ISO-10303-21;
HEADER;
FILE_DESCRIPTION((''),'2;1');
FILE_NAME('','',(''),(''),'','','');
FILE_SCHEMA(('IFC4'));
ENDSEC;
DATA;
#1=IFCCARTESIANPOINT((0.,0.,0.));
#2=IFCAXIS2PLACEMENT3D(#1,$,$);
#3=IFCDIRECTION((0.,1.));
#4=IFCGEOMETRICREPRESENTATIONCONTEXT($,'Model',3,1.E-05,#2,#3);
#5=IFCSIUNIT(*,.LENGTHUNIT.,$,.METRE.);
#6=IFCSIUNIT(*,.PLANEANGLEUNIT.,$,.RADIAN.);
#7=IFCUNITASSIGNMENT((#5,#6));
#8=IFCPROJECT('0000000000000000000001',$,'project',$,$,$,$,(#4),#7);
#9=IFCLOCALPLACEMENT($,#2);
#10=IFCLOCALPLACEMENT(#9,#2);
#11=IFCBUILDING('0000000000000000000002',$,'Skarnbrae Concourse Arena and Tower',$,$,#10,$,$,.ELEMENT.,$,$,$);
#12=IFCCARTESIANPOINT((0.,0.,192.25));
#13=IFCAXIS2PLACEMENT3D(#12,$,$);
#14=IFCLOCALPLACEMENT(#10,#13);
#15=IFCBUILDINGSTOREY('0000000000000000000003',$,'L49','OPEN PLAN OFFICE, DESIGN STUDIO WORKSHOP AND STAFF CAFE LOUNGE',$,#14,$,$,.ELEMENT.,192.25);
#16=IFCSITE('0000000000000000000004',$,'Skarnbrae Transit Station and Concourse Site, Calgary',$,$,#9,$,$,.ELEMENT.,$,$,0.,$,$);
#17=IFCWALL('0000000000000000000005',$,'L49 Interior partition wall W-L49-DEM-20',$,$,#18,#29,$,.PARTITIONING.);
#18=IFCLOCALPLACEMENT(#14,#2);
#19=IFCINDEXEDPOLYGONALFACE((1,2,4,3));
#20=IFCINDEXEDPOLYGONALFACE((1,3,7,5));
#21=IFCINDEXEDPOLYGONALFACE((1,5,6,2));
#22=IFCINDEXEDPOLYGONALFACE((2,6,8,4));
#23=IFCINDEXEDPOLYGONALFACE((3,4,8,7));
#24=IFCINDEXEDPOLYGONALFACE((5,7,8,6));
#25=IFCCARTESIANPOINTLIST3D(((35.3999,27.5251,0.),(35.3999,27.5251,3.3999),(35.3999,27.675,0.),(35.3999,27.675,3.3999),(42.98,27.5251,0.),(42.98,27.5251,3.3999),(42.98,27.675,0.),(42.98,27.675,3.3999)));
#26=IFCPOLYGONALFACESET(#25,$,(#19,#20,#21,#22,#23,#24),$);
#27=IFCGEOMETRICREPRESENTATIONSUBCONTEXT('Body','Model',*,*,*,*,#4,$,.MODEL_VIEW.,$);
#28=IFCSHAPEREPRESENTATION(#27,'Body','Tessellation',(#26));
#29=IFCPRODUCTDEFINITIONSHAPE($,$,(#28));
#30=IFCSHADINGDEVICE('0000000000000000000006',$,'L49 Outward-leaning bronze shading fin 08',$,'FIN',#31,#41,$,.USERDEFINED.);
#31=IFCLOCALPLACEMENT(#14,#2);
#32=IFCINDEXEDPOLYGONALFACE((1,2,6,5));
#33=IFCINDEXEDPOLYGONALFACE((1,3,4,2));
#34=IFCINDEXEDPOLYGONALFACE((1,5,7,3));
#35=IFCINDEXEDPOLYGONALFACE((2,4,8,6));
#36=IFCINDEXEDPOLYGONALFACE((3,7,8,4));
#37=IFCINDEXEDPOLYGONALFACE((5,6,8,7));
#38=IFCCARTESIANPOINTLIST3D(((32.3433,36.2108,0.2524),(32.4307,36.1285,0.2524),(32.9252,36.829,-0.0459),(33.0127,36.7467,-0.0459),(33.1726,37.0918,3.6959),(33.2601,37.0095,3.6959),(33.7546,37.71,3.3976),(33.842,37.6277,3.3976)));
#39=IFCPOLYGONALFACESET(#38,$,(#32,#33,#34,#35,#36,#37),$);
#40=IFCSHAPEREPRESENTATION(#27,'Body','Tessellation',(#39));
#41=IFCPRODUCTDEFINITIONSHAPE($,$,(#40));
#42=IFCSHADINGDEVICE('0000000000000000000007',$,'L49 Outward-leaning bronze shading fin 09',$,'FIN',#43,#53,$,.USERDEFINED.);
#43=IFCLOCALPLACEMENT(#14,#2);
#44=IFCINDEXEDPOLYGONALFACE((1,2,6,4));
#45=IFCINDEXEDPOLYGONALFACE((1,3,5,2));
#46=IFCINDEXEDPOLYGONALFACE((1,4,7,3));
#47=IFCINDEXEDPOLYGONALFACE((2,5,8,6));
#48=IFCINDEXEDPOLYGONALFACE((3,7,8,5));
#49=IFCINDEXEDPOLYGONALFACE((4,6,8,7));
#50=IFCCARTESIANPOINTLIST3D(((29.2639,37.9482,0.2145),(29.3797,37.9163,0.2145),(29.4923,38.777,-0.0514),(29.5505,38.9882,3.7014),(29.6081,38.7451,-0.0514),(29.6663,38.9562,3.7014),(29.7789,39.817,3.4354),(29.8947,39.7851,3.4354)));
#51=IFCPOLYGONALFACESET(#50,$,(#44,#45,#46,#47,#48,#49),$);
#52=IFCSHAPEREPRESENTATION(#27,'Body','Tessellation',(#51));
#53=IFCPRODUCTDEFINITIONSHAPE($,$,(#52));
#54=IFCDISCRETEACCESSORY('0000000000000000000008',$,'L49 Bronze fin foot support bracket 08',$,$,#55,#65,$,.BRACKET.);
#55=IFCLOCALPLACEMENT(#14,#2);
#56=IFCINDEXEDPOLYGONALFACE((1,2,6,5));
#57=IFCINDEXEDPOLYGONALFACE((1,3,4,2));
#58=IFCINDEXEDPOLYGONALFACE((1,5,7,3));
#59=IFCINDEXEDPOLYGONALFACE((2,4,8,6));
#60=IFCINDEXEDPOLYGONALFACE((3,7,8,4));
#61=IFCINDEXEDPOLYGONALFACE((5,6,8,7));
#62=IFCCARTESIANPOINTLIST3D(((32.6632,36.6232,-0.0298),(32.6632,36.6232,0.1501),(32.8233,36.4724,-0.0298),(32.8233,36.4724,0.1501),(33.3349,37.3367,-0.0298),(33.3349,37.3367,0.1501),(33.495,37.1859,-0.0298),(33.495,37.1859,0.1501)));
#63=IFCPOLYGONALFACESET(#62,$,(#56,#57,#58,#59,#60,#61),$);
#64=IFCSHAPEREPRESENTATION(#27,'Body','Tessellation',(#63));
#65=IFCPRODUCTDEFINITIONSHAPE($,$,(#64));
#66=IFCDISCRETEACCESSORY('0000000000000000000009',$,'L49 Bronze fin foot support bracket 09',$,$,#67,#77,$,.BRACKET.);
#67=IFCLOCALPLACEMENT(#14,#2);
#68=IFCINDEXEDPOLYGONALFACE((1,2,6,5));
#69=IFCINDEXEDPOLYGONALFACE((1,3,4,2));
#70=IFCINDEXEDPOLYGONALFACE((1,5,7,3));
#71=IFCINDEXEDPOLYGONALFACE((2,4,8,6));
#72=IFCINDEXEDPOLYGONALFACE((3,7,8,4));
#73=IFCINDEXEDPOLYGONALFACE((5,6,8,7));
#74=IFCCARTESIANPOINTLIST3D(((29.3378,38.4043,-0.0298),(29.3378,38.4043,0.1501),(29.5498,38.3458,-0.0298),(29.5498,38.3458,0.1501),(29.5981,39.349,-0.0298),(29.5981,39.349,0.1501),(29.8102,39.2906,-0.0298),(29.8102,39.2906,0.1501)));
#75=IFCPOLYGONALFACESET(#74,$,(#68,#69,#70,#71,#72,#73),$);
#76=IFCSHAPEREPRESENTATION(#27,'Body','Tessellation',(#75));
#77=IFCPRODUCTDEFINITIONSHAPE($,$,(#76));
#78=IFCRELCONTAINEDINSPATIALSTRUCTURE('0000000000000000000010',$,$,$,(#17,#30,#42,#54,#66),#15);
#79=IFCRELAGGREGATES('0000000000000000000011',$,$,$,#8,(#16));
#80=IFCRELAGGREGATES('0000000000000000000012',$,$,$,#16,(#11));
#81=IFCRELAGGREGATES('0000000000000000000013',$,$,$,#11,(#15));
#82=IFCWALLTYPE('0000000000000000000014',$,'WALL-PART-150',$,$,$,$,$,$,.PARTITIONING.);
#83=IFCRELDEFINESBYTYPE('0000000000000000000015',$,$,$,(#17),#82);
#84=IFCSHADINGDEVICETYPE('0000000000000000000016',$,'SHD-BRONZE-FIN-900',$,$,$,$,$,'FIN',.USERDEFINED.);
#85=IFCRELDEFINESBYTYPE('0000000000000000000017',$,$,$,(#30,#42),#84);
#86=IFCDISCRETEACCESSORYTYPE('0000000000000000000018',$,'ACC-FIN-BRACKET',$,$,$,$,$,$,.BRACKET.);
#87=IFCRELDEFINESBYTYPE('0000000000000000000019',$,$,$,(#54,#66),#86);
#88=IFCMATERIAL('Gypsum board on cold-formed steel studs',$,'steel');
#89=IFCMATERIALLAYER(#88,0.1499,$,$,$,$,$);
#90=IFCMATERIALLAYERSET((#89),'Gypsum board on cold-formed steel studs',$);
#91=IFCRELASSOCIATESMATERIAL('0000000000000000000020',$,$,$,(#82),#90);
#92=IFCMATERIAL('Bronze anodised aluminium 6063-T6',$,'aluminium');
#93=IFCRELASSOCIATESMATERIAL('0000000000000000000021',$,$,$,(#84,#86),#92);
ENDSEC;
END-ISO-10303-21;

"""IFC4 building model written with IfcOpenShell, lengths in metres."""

from ifc_helpers import new_model, si_unit, direction, frame, frame_2d, origin, origin_2d, place, context, subcontext, project, spatial, rectangle, extrude, source, transform, mapped, material, layer, layer_set, type_object, element, save


model = new_model("IFC4")

# Units and contexts
model_context = context("Model", 3, precision=1e-05, world=origin(), true_north=direction((0.0, 1.0)))
body_context = subcontext(model_context, "Body", "Model", "MODEL_VIEW")
ifc_project = project(units=[si_unit("LENGTHUNIT", "METRE"), si_unit("PLANEANGLEUNIT", "RADIAN")], contexts=[model_context])

# Site, building, storey
site_placement = place(None, origin())
site = spatial("IfcSite", under=ifc_project, at=site_placement, Name="Skarnbrae Transit Station and Concourse Site, Calgary", CompositionType="ELEMENT", RefElevation=0.0)
building_placement = place(site_placement, origin())
building = spatial("IfcBuilding", under=site, at=building_placement, Name="Skarnbrae Concourse Arena and Tower", CompositionType="ELEMENT")
storey_placement = place(building_placement, frame((0.0, 0.0, 192.25)))
storey = spatial("IfcBuildingStorey", under=building, at=storey_placement, Name="L49", Description="OPEN PLAN OFFICE, DESIGN STUDIO WORKSHOP AND STAFF CAFE LOUNGE", CompositionType="ELEMENT", Elevation=192.25)

# Shared definitions
ifc_material_1 = material(Name="Bronze anodised aluminium 6063-T6", Category="aluminium")

# Wall
ifc_material_2 = material(Name="Gypsum board on cold-formed steel studs", Category="steel")
ifc_layer_1 = layer(ifc_material_2, 0.1499)
ifc_layer_set_1 = layer_set([ifc_layer_1], Name="Gypsum board on cold-formed steel studs")
wall_type_1 = type_object("IfcWallType", Name="WALL-PART-150", PredefinedType="PARTITIONING", material=ifc_layer_set_1)
shared_shape_1 = source(origin(), body_context, "Body", "SweptSolid", [
    extrude(rectangle(XDim=7.5801, YDim=0.1499, at=frame_2d((3.79, 0.0))), origin(), (0.0, 0.0, 1.0), 3.3999),
])
wall_1_placement = place(storey_placement, frame((42.98, 27.6001, 0.0), z_axis=(0.0, 0.0, 1.0), x_axis=(-1.0, 0.0, 0.0)))
element("IfcWall", 1, at=wall_1_placement, inside=storey, type_object=wall_type_1, Name="L49 Interior partition wall W-L49-DEM-20", PredefinedType="PARTITIONING", context=body_context, shape_type="MappedRepresentation", body=[
    mapped(shared_shape_1, transform((0.0, 0.0, 0.0))),
])

# Shading devices
shading_device_type = type_object("IfcShadingDeviceType", Name="SHD-BRONZE-FIN-900", ElementType="FIN", PredefinedType="USERDEFINED", material=ifc_material_1)
shared_shape_2 = source(origin(), body_context, "Body", "SweptSolid", [
    extrude(rectangle(XDim=0.1201, YDim=0.8999, at=origin_2d()), origin(), (0.0, 0.0, 1.0), 3.6499),
])
for number, where, z_axis, x_axis, name in (
    (2, (32.678, 36.4788, 0.1033), (0.227224, 0.241378, 0.943454), (0.728132, -0.685437, 0.0), "L49 Outward-leaning bronze shading fin 08"),
    (3, (29.436, 38.3467, 0.0815), (0.078523, 0.284919, 0.95533), (0.964058, -0.265691, 0.0), "L49 Outward-leaning bronze shading fin 09"),
):
    element("IfcShadingDevice", number, at=place(storey_placement, frame(where, z_axis=z_axis, x_axis=x_axis)), inside=storey, type_object=shading_device_type, Name=name, ObjectType="FIN", PredefinedType="USERDEFINED", context=body_context, shape_type="MappedRepresentation", body=[
        mapped(shared_shape_2, transform((0.0, 0.0, 0.0))),
    ])

# Discrete accessories
discrete_accessory_type = type_object("IfcDiscreteAccessoryType", Name="ACC-FIN-BRACKET", PredefinedType="BRACKET", material=ifc_material_1)
shared_shape_3 = source(origin(), body_context, "Body", "SweptSolid", [
    extrude(rectangle(XDim=0.22, YDim=0.98, at=origin_2d()), origin(), (0.0, 0.0, 1.0), 0.1799),
])
for number, where, z_axis, x_axis, name in (
    (4, (33.0791, 36.9045, -0.0298), (0.0, 0.0, 1.0), (0.728132, -0.685437, 0.0), "L49 Bronze fin foot support bracket 08"),
    (5, (29.574, 38.8474, -0.0298), (0.0, 0.0, 1.0), (0.964058, -0.265691, 0.0), "L49 Bronze fin foot support bracket 09"),
):
    element("IfcDiscreteAccessory", number, at=place(storey_placement, frame(where, z_axis=z_axis, x_axis=x_axis)), inside=storey, type_object=discrete_accessory_type, Name=name, PredefinedType="BRACKET", context=body_context, shape_type="MappedRepresentation", body=[
        mapped(shared_shape_3, transform((0.0, 0.0, 0.0))),
    ])

save(model, "model.ifc")
